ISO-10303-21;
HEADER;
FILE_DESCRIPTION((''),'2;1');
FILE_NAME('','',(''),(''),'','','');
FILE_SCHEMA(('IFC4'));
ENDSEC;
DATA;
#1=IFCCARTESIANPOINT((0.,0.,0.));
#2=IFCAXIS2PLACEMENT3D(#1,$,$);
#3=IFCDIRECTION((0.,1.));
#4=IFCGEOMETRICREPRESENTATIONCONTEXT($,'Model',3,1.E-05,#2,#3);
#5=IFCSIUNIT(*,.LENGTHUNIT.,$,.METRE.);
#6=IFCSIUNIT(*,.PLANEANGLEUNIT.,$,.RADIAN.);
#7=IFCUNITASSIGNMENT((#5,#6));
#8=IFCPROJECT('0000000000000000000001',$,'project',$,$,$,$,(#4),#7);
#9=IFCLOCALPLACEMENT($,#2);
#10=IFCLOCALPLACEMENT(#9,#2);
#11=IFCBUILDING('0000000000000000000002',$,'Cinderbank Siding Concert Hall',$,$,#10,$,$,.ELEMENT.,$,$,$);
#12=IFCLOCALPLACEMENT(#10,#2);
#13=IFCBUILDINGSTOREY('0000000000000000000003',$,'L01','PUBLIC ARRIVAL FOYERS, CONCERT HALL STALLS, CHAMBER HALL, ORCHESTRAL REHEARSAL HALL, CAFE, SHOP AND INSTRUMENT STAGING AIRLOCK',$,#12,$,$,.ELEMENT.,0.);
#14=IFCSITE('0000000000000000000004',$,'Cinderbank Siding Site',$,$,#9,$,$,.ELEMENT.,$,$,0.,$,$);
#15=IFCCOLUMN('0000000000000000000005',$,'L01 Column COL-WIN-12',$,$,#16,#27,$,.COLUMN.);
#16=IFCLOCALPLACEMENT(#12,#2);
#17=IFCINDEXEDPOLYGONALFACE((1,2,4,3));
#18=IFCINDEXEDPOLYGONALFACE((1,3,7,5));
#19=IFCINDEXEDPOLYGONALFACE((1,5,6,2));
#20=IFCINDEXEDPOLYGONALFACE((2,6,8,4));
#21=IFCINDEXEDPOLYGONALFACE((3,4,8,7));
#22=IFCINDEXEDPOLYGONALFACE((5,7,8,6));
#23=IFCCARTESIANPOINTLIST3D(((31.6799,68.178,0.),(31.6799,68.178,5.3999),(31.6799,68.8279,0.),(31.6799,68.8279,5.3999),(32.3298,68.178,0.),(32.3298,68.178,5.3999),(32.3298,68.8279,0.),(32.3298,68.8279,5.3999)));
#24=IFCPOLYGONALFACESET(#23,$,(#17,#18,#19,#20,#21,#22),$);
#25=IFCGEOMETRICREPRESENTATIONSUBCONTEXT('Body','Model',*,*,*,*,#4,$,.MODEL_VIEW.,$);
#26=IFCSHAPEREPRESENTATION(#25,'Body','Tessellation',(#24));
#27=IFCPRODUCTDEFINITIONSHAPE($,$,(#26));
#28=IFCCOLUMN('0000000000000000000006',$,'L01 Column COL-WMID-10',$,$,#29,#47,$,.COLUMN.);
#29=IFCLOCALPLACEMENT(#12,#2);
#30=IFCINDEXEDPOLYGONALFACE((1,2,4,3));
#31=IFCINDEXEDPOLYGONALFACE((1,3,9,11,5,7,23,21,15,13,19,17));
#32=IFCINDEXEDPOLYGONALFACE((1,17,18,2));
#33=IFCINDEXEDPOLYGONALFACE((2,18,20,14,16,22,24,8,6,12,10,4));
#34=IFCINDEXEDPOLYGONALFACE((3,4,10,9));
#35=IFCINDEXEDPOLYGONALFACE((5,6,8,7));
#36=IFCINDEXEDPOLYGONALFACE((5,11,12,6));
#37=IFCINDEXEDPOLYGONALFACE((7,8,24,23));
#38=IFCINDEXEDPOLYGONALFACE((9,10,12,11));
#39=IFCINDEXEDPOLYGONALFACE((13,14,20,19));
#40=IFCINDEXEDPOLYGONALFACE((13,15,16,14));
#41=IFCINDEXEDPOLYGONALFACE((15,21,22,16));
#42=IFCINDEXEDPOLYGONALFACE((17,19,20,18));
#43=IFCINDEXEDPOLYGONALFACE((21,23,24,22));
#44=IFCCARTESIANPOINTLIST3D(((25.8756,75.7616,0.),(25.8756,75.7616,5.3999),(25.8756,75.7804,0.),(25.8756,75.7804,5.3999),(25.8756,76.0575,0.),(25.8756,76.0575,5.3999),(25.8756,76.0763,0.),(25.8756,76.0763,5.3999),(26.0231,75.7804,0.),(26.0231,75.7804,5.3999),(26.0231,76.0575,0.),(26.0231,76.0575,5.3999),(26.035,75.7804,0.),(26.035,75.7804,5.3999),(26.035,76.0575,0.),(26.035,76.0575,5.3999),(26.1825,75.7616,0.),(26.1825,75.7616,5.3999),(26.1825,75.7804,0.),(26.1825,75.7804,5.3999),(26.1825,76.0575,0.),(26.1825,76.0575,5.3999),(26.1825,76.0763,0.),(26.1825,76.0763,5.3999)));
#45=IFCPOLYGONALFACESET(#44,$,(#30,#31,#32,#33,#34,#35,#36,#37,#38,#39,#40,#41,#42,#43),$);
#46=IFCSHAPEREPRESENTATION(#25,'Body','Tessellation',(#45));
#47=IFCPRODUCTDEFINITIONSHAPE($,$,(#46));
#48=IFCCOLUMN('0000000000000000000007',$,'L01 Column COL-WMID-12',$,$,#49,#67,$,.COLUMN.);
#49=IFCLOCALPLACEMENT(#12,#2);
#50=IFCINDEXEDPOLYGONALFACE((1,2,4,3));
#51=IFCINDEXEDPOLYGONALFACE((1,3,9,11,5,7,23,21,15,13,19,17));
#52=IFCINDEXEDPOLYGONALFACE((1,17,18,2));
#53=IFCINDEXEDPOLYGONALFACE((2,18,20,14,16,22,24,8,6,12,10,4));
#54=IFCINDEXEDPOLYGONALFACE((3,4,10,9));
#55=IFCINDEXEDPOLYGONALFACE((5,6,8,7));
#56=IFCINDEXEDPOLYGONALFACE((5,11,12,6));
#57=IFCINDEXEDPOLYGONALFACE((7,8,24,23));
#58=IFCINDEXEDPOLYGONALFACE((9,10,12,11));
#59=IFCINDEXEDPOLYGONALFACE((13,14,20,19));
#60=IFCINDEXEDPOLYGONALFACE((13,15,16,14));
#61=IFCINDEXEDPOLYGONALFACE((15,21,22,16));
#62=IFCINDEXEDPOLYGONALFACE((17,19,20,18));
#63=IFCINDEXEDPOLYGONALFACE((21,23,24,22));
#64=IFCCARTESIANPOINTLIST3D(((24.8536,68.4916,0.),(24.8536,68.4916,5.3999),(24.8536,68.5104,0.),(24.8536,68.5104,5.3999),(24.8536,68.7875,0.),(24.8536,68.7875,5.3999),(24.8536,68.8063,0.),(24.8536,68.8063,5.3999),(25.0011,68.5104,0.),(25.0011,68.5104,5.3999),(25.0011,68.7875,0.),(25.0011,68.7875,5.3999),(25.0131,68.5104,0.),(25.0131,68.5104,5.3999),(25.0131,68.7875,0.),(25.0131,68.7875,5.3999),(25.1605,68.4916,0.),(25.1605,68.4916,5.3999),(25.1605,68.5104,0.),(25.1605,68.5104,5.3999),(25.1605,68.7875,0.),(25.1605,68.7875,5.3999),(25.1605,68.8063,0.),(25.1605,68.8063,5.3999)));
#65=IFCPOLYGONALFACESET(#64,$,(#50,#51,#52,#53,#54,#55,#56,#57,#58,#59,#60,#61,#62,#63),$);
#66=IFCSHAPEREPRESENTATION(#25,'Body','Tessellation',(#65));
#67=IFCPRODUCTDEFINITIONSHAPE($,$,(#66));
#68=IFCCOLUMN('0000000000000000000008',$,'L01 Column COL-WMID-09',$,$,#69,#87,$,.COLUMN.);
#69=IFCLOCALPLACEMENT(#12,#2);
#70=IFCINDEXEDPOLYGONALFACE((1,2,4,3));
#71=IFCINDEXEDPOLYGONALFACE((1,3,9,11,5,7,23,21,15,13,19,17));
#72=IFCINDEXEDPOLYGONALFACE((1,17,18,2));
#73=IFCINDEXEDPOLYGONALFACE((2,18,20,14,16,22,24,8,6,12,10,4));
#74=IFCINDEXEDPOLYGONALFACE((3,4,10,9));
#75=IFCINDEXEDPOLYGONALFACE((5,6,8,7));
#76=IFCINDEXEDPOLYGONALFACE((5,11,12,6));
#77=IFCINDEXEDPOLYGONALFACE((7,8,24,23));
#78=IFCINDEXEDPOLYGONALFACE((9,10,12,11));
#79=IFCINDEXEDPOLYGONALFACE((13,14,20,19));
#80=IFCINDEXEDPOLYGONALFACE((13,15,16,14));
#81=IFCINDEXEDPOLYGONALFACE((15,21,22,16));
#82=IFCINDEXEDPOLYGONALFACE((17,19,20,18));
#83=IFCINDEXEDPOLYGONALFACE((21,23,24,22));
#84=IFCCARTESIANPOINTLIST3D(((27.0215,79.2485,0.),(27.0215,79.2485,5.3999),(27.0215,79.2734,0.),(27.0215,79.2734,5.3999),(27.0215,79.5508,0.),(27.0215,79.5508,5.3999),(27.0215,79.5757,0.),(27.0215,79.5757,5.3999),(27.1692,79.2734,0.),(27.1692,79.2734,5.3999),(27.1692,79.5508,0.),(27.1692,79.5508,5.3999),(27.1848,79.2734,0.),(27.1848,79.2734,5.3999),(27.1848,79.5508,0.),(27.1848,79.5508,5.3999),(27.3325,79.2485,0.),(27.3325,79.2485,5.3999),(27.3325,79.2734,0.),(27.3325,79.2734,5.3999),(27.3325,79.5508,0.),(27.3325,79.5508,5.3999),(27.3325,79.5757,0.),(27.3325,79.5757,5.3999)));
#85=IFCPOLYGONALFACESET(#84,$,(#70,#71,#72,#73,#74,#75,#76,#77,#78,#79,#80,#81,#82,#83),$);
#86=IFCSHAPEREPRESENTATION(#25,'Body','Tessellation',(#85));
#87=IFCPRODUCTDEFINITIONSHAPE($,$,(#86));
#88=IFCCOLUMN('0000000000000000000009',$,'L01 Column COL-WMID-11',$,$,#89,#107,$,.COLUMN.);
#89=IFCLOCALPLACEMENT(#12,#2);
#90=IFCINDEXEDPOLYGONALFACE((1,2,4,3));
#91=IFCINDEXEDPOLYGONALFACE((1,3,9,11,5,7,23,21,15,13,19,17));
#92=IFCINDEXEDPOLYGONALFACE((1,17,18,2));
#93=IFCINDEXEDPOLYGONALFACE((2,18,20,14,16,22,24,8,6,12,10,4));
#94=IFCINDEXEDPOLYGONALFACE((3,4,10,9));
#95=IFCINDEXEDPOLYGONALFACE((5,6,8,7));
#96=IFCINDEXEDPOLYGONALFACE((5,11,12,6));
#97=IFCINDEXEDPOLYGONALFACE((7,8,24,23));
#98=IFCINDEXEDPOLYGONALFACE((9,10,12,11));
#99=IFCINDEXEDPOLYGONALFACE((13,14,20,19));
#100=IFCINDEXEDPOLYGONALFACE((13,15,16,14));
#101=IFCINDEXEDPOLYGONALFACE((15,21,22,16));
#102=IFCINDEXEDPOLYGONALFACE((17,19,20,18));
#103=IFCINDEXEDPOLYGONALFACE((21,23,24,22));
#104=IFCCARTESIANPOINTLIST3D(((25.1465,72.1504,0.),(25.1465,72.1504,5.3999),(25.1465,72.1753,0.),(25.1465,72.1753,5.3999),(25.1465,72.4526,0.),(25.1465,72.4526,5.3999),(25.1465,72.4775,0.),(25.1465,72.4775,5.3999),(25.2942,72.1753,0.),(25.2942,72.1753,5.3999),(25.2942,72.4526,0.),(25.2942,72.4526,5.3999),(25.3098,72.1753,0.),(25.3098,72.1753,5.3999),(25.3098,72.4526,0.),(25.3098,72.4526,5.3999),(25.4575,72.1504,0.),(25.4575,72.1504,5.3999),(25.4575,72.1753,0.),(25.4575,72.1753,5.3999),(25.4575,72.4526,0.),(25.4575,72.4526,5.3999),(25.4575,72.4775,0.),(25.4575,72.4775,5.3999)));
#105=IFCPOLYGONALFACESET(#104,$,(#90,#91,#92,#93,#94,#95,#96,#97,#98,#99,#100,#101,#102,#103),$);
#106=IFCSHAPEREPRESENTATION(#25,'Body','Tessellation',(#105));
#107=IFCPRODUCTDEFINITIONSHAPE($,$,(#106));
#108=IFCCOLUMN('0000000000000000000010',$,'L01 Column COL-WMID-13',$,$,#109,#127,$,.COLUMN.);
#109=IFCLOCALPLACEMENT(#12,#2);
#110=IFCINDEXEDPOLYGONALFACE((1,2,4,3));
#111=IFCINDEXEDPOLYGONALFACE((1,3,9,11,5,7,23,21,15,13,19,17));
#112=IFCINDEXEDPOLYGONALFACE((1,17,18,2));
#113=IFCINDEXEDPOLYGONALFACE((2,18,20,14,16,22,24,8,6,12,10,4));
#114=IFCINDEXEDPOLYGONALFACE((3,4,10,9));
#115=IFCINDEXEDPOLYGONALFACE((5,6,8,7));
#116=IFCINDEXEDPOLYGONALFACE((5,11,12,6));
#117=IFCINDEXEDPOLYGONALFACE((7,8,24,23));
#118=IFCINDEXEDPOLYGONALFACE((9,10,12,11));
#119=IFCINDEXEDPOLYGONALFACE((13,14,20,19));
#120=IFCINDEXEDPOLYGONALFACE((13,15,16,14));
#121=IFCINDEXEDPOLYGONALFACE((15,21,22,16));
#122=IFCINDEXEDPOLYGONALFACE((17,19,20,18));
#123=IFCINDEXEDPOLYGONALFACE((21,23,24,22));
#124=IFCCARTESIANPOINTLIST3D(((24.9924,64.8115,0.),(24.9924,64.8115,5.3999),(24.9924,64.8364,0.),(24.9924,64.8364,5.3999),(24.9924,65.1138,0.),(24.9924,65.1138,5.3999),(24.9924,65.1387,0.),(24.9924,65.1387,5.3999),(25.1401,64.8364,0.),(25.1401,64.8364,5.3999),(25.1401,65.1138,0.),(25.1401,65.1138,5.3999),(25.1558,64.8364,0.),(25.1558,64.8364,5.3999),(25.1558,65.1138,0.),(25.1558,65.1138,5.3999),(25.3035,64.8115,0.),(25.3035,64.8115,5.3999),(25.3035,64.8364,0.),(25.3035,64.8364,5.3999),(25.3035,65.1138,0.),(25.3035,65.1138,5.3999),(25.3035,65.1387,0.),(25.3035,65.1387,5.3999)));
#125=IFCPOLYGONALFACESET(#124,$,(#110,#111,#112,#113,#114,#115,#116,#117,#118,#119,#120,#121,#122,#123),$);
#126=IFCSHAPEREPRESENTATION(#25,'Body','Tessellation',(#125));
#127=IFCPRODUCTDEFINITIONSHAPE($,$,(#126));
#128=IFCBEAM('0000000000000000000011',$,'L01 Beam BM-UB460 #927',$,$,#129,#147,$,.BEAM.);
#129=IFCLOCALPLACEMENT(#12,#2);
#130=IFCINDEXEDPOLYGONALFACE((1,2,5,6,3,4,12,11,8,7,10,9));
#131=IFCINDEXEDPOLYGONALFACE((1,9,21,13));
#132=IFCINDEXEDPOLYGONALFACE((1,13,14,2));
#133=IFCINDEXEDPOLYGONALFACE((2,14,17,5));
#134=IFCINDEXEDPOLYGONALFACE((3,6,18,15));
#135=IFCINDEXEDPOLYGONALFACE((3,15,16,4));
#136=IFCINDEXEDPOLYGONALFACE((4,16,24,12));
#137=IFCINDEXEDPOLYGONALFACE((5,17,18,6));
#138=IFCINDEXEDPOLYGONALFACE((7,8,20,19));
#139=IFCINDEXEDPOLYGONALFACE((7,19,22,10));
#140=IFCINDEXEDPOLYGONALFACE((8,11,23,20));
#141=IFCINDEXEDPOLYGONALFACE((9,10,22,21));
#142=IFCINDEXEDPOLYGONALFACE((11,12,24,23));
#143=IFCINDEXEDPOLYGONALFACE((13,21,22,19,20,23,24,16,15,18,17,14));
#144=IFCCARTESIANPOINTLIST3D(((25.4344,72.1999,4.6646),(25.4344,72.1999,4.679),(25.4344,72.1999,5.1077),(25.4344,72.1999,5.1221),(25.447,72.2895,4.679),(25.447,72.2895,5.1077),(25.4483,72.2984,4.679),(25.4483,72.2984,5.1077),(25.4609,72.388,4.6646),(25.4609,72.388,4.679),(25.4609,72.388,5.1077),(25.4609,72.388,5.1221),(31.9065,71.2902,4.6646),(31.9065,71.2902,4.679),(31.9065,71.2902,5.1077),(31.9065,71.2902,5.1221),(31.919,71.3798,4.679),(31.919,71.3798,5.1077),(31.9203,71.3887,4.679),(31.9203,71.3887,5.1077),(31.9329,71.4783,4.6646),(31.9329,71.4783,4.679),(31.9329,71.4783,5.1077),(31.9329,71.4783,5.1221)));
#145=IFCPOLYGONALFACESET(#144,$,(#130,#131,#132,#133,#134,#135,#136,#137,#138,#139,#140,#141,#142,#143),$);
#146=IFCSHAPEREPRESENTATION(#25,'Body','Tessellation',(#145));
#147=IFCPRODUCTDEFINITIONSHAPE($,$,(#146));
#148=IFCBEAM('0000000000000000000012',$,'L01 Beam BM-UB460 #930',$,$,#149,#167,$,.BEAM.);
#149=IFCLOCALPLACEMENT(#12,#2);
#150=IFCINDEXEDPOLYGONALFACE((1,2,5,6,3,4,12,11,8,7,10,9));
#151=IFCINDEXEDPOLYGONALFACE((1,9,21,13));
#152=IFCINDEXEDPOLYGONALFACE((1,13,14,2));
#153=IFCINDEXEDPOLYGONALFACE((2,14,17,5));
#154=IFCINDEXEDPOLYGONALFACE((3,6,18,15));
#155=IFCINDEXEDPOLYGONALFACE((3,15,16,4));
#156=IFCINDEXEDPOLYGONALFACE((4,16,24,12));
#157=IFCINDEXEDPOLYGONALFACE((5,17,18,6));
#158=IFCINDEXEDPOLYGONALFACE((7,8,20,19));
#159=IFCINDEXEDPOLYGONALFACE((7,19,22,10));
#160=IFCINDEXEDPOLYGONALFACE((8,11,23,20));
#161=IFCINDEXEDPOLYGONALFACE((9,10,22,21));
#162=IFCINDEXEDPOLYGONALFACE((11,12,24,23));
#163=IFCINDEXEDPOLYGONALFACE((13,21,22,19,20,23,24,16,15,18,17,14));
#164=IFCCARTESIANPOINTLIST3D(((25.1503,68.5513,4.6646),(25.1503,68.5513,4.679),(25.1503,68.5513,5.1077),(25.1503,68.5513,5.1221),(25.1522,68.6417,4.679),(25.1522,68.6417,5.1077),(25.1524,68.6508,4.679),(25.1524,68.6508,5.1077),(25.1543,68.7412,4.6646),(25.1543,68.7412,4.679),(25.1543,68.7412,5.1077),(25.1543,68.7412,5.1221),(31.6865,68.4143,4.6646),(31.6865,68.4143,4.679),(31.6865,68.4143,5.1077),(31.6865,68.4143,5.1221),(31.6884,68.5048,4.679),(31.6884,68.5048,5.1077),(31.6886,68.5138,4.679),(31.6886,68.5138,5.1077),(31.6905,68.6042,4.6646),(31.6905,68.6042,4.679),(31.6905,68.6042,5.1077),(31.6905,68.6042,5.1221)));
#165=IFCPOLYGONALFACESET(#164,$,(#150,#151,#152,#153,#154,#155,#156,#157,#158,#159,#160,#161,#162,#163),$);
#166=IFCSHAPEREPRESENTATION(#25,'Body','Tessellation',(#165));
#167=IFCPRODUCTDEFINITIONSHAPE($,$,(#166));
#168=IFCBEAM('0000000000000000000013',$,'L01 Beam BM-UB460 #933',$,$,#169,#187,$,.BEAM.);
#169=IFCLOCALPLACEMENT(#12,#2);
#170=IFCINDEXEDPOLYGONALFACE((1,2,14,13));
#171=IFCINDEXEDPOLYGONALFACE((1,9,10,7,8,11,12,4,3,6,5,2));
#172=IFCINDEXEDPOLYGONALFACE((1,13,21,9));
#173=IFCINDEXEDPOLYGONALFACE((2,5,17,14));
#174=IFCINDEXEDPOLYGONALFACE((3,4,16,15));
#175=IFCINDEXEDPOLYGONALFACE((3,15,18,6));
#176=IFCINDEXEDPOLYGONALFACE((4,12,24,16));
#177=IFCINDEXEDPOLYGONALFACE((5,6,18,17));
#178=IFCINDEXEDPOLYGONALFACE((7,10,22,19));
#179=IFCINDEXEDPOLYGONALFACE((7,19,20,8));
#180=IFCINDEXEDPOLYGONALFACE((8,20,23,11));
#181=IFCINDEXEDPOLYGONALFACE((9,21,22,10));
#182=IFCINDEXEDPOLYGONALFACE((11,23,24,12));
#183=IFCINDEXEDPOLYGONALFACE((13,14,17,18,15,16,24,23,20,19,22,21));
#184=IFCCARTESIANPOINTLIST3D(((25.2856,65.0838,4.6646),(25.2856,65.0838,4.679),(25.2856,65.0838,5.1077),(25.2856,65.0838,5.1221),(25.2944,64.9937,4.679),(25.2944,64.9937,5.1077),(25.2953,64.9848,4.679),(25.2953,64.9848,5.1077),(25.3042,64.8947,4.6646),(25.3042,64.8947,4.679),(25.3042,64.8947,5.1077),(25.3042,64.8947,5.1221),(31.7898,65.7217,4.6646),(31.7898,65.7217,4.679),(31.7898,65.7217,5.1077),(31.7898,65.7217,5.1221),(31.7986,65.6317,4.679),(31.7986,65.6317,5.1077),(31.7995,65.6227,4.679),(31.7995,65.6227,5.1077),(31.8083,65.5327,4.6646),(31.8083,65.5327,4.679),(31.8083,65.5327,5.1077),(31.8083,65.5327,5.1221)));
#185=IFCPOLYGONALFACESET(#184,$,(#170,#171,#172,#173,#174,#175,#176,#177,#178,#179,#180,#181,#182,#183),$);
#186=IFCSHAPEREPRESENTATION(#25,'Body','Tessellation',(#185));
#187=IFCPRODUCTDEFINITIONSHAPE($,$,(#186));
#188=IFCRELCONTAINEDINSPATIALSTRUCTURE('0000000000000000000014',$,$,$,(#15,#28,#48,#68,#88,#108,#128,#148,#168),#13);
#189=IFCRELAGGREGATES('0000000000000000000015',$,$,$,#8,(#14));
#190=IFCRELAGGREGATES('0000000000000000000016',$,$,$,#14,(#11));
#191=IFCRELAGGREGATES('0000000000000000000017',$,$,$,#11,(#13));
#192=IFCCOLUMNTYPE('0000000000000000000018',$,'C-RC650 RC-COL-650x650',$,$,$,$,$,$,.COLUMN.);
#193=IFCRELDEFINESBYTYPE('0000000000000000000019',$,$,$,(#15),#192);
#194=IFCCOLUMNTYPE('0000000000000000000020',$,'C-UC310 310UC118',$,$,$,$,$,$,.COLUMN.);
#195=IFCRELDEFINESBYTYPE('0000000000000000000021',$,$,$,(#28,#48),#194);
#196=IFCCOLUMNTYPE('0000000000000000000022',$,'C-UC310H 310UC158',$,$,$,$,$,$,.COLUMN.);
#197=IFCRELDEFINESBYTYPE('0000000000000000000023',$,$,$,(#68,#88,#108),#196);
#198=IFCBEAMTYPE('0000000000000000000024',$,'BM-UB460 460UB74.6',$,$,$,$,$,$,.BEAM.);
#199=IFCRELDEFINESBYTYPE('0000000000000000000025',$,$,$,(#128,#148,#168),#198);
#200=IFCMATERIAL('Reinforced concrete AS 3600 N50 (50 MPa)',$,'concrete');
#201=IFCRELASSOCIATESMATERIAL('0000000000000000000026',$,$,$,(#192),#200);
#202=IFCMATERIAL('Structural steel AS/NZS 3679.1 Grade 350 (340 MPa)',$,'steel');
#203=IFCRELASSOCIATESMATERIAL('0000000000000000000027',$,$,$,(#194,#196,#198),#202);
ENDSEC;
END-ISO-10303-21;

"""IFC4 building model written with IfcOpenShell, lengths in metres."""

from ifc_helpers import new_model, si_unit, direction, frame, origin, origin_2d, place, context, subcontext, project, spatial, rectangle, i_section, extrude, material, material_profile, profile_set, type_object, element, save


model = new_model("IFC4")

# Units and contexts
model_context = context("Model", 3, precision=1e-05, world=origin(), true_north=direction((0.0, 1.0)))
body_context = subcontext(model_context, "Body", "Model", "MODEL_VIEW")
ifc_project = project(units=[si_unit("LENGTHUNIT", "METRE"), si_unit("PLANEANGLEUNIT", "RADIAN")], contexts=[model_context])

# Site, building, storey
site_placement = place(None, origin())
site = spatial("IfcSite", under=ifc_project, at=site_placement, Name="Cinderbank Siding Site", CompositionType="ELEMENT", RefElevation=0.0)
building_placement = place(site_placement, origin())
building = spatial("IfcBuilding", under=site, at=building_placement, Name="Cinderbank Siding Concert Hall", CompositionType="ELEMENT")
storey_placement = place(building_placement, origin())
storey = spatial("IfcBuildingStorey", under=building, at=storey_placement, Name="L01", Description="PUBLIC ARRIVAL FOYERS, CONCERT HALL STALLS, CHAMBER HALL, ORCHESTRAL REHEARSAL HALL, CAFE, SHOP AND INSTRUMENT STAGING AIRLOCK", CompositionType="ELEMENT", Elevation=0.0)

# Columns
ifc_material_1 = material(Name="Reinforced concrete AS 3600 N50 (50 MPa)", Category="concrete")
ifc_material_profile_1 = material_profile(ifc_material_1, rectangle(XDim=0.6499, YDim=0.6499, at=origin_2d()), Name="RC-COL-650x650", Category="LoadBearing")
ifc_profile_set_1 = profile_set([ifc_material_profile_1], Name="Reinforced concrete AS 3600 N50 (50 MPa)")
column_type_1 = type_object("IfcColumnType", Name="C-RC650 RC-COL-650x650", PredefinedType="COLUMN", material=ifc_profile_set_1)
column_placement = place(storey_placement, frame((32.0049, 68.5029, 0.0), z_axis=(0.0, 0.0, 1.0), x_axis=(1.0, 0.0, 0.0)))
element("IfcColumn", 1, at=column_placement, inside=storey, type_object=column_type_1, Name="L01 Column COL-WIN-12", PredefinedType="COLUMN", context=body_context, shape_type="SweptSolid", body=[
    extrude(rectangle(XDim=0.6499, YDim=0.6499, at=origin_2d()), origin(), (0.0, 0.0, 1.0), 5.3999),
])
ifc_material_2 = material(Name="Structural steel AS/NZS 3679.1 Grade 350 (340 MPa)", Category="steel")
ifc_material_profile_2 = material_profile(ifc_material_2, i_section(OverallWidth=0.3069, OverallDepth=0.3147, WebThickness=0.012, FlangeThickness=0.0188, at=origin_2d()), Name="310UC118", Category="LoadBearing")
ifc_profile_set_2 = profile_set([ifc_material_profile_2], Name="Structural steel AS/NZS 3679.1 Grade 350 (340 MPa)")
column_type_2 = type_object("IfcColumnType", Name="C-UC310 310UC118", PredefinedType="COLUMN", material=ifc_profile_set_2)
for number, where, z_axis, x_axis, name in (
    (2, (26.0291, 75.9189, 0.0), (0.0, 0.0, 1.0), (1.0, 0.0, 0.0), "L01 Column COL-WMID-10"),
    (3, (25.0071, 68.6489, 0.0), (0.0, 0.0, 1.0), (1.0, 0.0, 0.0), "L01 Column COL-WMID-12"),
):
    element("IfcColumn", number, at=place(storey_placement, frame(where, z_axis=z_axis, x_axis=x_axis)), inside=storey, type_object=column_type_2, Name=name, PredefinedType="COLUMN", context=body_context, shape_type="SweptSolid", body=[
        extrude(i_section(OverallWidth=0.3069, OverallDepth=0.3147, WebThickness=0.012, FlangeThickness=0.0188, at=origin_2d()), origin(), (0.0, 0.0, 1.0), 5.3999),
    ])
ifc_material_profile_3 = material_profile(ifc_material_2, i_section(OverallWidth=0.311, OverallDepth=0.3271, WebThickness=0.0156, FlangeThickness=0.0249, at=origin_2d()), Name="310UC158", Category="LoadBearing")
ifc_profile_set_3 = profile_set([ifc_material_profile_3], Name="Structural steel AS/NZS 3679.1 Grade 350 (340 MPa)")
column_type_3 = type_object("IfcColumnType", Name="C-UC310H 310UC158", PredefinedType="COLUMN", material=ifc_profile_set_3)
for number, where, z_axis, x_axis, name in (
    (4, (27.177, 79.4121, 0.0), (0.0, 0.0, 1.0), (1.0, 0.0, 0.0), "L01 Column COL-WMID-09"),
    (5, (25.302, 72.314, 0.0), (0.0, 0.0, 1.0), (1.0, 0.0, 0.0), "L01 Column COL-WMID-11"),
    (6, (25.1479, 64.9751, 0.0), (0.0, 0.0, 1.0), (1.0, 0.0, 0.0), "L01 Column COL-WMID-13"),
):
    element("IfcColumn", number, at=place(storey_placement, frame(where, z_axis=z_axis, x_axis=x_axis)), inside=storey, type_object=column_type_3, Name=name, PredefinedType="COLUMN", context=body_context, shape_type="SweptSolid", body=[
        extrude(i_section(OverallWidth=0.311, OverallDepth=0.3271, WebThickness=0.0156, FlangeThickness=0.0249, at=origin_2d()), origin(), (0.0, 0.0, 1.0), 5.3999),
    ])

# Beams
ifc_material_profile_4 = material_profile(ifc_material_2, i_section(OverallWidth=0.1899, OverallDepth=0.4575, WebThickness=0.009, FlangeThickness=0.0144, at=origin_2d()), Name="460UB74.6", Category="LoadBearing")
ifc_profile_set_4 = profile_set([ifc_material_profile_4], Name="Structural steel AS/NZS 3679.1 Grade 350 (340 MPa)")
beam_type_1 = type_object("IfcBeamType", Name="BM-UB460 460UB74.6", PredefinedType="BEAM", material=ifc_profile_set_4)
beam_1_placement = place(storey_placement, frame((31.9197, 71.3843, 4.8933), z_axis=(-0.990266, 0.139188, 0.0), x_axis=(-0.139188, -0.990266, 0.0)))
element("IfcBeam", 7, at=beam_1_placement, inside=storey, type_object=beam_type_1, Name="L01 Beam BM-UB460 #927", PredefinedType="BEAM", context=body_context, shape_type="SweptSolid", body=[
    extrude(i_section(OverallWidth=0.1899, OverallDepth=0.4575, WebThickness=0.009, FlangeThickness=0.0144, at=origin_2d()), origin(), (0.0, 0.0, 1.0), 6.5356),
])
beam_2_placement = place(storey_placement, frame((31.6885, 68.5093, 4.8933), z_axis=(-0.999781, 0.02095, 0.0), x_axis=(-0.02095, -0.999781, 0.0)))
element("IfcBeam", 8, at=beam_2_placement, inside=storey, type_object=beam_type_1, Name="L01 Beam BM-UB460 #930", PredefinedType="BEAM", context=body_context, shape_type="SweptSolid", body=[
    extrude(i_section(OverallWidth=0.1899, OverallDepth=0.4575, WebThickness=0.009, FlangeThickness=0.0144, at=origin_2d()), origin(), (0.0, 0.0, 1.0), 6.5376),
])
beam_3_placement = place(storey_placement, frame((31.7991, 65.6272, 4.8933), z_axis=(-0.995224, -0.097614, 0.0), x_axis=(0.097614, -0.995224, 0.0)))
element("IfcBeam", 9, at=beam_3_placement, inside=storey, type_object=beam_type_1, Name="L01 Beam BM-UB460 #933", PredefinedType="BEAM", context=body_context, shape_type="SweptSolid", body=[
    extrude(i_section(OverallWidth=0.1899, OverallDepth=0.4575, WebThickness=0.009, FlangeThickness=0.0144, at=origin_2d()), origin(), (0.0, 0.0, 1.0), 6.5354),
])

save(model, "model.ifc")
